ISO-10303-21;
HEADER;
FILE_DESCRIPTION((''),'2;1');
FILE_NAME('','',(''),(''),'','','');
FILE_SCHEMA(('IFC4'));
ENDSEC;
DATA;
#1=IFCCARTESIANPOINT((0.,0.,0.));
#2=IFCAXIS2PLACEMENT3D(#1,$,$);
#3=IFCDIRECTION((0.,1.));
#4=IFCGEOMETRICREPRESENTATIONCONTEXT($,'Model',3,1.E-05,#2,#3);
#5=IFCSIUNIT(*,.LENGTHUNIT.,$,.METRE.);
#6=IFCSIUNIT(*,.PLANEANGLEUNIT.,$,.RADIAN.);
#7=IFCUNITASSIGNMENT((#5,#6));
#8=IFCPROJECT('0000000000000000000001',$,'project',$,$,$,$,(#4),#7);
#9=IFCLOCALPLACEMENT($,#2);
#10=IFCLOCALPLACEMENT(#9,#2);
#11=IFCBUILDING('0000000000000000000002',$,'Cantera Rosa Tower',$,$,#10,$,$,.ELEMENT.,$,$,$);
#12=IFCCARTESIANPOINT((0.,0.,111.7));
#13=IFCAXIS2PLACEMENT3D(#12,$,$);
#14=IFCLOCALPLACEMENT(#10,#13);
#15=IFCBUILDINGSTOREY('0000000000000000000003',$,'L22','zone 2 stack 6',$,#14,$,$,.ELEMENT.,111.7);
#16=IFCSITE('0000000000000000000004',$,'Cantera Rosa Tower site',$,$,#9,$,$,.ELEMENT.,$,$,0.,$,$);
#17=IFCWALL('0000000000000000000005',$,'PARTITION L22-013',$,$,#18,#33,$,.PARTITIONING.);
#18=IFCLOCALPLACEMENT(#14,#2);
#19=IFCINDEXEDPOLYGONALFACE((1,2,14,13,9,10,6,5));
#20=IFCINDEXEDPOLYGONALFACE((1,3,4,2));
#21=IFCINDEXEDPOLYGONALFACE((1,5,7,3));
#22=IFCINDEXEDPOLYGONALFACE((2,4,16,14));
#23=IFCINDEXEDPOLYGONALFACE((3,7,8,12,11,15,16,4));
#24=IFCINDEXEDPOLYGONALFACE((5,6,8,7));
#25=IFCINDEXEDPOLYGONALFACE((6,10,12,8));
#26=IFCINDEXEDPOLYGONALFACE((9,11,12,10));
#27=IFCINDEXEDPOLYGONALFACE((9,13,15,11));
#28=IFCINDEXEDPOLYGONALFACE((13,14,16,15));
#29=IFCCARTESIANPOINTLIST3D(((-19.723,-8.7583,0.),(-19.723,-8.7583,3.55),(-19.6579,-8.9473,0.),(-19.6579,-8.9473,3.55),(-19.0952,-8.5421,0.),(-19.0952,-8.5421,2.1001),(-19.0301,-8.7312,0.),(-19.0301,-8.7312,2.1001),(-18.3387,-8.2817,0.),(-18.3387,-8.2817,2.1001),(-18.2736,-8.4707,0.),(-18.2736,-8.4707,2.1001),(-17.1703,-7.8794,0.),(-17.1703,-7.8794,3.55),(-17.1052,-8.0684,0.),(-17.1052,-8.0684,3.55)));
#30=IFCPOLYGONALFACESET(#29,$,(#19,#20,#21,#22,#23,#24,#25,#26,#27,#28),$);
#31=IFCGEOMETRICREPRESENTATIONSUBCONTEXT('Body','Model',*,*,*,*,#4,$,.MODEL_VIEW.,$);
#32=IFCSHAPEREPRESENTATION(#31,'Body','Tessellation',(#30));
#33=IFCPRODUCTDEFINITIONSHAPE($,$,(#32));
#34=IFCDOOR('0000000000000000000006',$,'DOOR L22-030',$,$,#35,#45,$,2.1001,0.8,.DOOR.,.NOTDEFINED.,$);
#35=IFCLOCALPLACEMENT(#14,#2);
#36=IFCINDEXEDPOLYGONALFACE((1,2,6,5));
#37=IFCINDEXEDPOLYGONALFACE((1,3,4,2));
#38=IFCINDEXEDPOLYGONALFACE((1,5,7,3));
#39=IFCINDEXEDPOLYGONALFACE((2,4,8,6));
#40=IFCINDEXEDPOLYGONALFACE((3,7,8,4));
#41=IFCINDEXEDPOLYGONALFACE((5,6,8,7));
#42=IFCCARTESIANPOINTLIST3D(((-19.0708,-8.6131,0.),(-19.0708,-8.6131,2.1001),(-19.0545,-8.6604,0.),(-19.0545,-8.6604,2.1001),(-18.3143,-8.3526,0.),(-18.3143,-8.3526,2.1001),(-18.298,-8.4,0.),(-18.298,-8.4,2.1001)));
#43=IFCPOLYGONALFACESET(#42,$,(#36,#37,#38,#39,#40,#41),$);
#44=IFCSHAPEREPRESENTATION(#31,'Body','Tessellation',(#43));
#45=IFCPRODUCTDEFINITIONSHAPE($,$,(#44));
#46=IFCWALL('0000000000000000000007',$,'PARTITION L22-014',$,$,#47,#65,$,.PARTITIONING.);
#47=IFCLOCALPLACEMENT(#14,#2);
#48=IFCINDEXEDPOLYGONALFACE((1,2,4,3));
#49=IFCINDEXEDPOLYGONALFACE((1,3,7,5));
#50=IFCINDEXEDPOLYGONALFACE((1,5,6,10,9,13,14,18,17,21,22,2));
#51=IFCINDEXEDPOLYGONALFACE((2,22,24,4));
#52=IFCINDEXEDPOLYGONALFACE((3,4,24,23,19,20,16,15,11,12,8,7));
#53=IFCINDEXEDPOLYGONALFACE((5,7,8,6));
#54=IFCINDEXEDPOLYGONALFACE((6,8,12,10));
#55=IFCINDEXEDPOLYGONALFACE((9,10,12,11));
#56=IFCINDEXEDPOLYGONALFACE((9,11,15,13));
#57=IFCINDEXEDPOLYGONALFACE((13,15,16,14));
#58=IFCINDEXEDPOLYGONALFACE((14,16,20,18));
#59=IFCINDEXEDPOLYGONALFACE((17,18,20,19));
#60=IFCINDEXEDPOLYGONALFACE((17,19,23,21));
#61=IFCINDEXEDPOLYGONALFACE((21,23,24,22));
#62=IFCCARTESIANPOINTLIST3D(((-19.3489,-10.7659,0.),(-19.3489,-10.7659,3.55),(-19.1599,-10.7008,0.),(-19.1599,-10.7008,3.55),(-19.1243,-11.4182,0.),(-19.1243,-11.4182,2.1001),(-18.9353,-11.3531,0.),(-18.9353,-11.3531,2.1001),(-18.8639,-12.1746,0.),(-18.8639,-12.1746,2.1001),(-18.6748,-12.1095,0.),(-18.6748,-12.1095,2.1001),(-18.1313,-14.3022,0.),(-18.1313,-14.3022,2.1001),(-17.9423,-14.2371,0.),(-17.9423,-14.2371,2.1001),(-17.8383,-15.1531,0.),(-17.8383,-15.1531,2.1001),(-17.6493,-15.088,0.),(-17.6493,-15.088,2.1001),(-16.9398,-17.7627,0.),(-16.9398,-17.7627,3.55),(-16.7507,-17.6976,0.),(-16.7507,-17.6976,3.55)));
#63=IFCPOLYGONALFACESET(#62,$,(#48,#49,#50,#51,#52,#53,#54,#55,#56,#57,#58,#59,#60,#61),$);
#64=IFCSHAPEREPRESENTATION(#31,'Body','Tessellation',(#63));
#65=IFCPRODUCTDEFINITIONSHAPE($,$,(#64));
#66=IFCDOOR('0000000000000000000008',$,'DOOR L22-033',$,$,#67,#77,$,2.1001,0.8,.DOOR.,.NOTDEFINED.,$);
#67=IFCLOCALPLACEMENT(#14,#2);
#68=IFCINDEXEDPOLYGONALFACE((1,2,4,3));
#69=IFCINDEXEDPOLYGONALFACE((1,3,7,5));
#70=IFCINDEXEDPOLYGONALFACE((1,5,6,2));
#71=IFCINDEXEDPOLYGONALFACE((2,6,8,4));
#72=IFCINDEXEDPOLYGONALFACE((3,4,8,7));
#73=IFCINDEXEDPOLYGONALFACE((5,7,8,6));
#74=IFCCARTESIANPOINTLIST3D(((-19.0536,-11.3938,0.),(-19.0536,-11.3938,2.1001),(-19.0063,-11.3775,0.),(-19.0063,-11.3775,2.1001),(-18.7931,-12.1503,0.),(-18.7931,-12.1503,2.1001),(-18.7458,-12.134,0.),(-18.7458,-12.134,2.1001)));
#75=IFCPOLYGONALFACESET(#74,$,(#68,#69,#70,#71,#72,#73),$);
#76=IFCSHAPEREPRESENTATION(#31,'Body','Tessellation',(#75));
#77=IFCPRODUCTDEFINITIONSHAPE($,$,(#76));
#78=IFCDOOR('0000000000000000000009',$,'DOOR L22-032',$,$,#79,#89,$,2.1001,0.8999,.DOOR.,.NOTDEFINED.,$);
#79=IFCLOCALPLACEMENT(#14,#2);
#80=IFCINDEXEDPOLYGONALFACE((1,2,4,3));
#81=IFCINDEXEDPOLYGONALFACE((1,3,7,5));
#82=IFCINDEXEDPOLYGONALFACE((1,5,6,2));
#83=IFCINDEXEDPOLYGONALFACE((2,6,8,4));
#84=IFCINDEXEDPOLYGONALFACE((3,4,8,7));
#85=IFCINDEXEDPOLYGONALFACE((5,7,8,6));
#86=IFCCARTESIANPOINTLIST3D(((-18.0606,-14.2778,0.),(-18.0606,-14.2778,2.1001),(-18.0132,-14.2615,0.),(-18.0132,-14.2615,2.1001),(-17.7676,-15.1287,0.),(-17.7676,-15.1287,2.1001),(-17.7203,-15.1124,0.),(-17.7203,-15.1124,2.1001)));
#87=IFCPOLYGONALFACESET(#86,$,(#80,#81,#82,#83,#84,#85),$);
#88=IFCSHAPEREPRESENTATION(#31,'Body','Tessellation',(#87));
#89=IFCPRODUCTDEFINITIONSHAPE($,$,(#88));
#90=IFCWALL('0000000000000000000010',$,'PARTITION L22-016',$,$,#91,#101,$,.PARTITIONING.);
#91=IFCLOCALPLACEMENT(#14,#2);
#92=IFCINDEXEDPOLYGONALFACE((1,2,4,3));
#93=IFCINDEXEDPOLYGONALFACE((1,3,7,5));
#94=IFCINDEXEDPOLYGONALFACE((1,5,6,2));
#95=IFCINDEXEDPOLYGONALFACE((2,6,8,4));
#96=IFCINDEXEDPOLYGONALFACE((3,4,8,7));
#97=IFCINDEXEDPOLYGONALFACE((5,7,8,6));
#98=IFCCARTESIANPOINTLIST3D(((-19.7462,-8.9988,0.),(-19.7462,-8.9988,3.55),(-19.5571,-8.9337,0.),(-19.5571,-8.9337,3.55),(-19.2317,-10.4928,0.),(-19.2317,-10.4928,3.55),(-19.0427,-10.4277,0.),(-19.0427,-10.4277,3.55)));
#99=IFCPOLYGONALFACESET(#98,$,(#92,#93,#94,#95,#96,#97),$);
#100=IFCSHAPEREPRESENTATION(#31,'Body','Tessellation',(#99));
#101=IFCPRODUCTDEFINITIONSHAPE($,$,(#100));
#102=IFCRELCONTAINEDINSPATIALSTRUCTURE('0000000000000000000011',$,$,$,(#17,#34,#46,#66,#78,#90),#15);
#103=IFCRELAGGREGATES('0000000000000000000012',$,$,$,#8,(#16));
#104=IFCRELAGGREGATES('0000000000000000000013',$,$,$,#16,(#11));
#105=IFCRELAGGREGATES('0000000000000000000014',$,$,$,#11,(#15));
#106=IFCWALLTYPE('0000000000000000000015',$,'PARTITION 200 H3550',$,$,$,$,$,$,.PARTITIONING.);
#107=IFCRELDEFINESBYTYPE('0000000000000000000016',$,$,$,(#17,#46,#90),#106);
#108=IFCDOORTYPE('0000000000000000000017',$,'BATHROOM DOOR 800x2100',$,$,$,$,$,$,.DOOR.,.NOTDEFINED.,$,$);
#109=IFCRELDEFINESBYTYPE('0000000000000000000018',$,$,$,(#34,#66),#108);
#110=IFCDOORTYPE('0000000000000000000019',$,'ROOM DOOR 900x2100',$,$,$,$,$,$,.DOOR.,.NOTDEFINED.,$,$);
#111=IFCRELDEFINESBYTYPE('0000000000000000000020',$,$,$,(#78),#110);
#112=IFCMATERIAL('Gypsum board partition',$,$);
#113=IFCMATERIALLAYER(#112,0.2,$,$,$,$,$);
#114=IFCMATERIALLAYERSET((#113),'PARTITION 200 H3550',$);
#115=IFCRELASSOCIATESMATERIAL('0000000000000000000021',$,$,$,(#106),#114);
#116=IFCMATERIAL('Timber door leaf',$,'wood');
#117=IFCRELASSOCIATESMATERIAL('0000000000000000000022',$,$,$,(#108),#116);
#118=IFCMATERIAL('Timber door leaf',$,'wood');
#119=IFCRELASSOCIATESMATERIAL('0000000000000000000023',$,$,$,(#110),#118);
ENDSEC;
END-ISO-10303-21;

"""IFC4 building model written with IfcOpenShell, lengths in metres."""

from ifc_helpers import new_model, si_unit, direction, frame, frame_2d, origin, place, context, subcontext, project, spatial, rectangle, extrude, material, layer, layer_set, type_object, element, fill, save


model = new_model("IFC4")

# Units and contexts
model_context = context("Model", 3, precision=1e-05, world=origin(), true_north=direction((0.0, 1.0)))
body_context = subcontext(model_context, "Body", "Model", "MODEL_VIEW")
ifc_project = project(units=[si_unit("LENGTHUNIT", "METRE"), si_unit("PLANEANGLEUNIT", "RADIAN")], contexts=[model_context])

# Site, building, storey
site_placement = place(None, origin())
site = spatial("IfcSite", under=ifc_project, at=site_placement, Name="Cantera Rosa Tower site", CompositionType="ELEMENT", RefElevation=0.0)
building_placement = place(site_placement, origin())
building = spatial("IfcBuilding", under=site, at=building_placement, Name="Cantera Rosa Tower", CompositionType="ELEMENT")
storey_placement = place(building_placement, frame((0.0, 0.0, 111.7)))
storey = spatial("IfcBuildingStorey", under=building, at=storey_placement, Name="L22", Description="zone 2 stack 6", CompositionType="ELEMENT", Elevation=111.7)

# Wall, opening, door
ifc_material_1 = material(Name="Gypsum board partition")
ifc_layer_1 = layer(ifc_material_1, 0.2)
ifc_layer_set_1 = layer_set([ifc_layer_1], Name="PARTITION 200 H3550")
wall_type_1 = type_object("IfcWallType", Name="PARTITION 200 H3550", PredefinedType="PARTITIONING", material=ifc_layer_set_1)
wall_1_placement = place(storey_placement, frame((-19.6904, -8.8528, 0.0), z_axis=(0.0, 0.0, 1.0), x_axis=(0.945527, 0.325545, 0.0)))
wall_1 = element("IfcWall", 1, at=wall_1_placement, inside=storey, type_object=wall_type_1, Name="PARTITION L22-013", PredefinedType="PARTITIONING", context=body_context, shape_type="SweptSolid", body=[
    extrude(rectangle(XDim=2.6997, YDim=0.2, at=frame_2d((1.3499, 0.0))), origin(), (0.0, 0.0, 1.0), 3.55),
])
opening_1_placement = place(wall_1_placement, frame((0.6641, 0.0, 0.0)))
opening_1 = element("IfcOpeningElement", 2, at=opening_1_placement, cuts=wall_1, PredefinedType="OPENING", context=body_context, shape_type="SweptSolid", body=[
    extrude(rectangle(XDim=0.8, YDim=2.1001, at=frame_2d((0.3999, 1.05))), frame((0.0, 0.1099, 0.0), z_axis=(0.0, -1.0, 0.0), x_axis=(1.0, 0.0, 0.0)), (0.0, 0.0, 1.0), 0.22),
])
ifc_material_2 = material(Name="Timber door leaf", Category="wood")
door_type_1 = type_object("IfcDoorType", Name="BATHROOM DOOR 800x2100", OperationType="NOTDEFINED", PredefinedType="DOOR", material=ifc_material_2)
door_1_placement = place(opening_1_placement, origin())
door_1 = element("IfcDoor", 3, at=door_1_placement, inside=storey, type_object=door_type_1, Name="DOOR L22-030", OperationType="NOTDEFINED", OverallHeight=2.1001, OverallWidth=0.8, PredefinedType="DOOR", context=body_context, shape_type="SweptSolid", body=[
    extrude(rectangle(XDim=0.8, YDim=2.1001, at=frame_2d((0.3999, 1.05))), frame((0.0, 0.0249, 0.0), z_axis=(0.0, -1.0, 0.0), x_axis=(1.0, 0.0, 0.0)), (0.0, 0.0, 1.0), 0.05),
])
fill(opening_1, door_1)

# Wall, openings, doors
wall_2_placement = place(storey_placement, frame((-19.2544, -10.7334, 0.0), z_axis=(0.0, 0.0, 1.0), x_axis=(0.325566, -0.945519, 0.0)))
wall_2 = element("IfcWall", 4, at=wall_2_placement, inside=storey, type_object=wall_type_1, Name="PARTITION L22-014", PredefinedType="PARTITIONING", context=body_context, shape_type="SweptSolid", body=[
    extrude(rectangle(XDim=7.3999, YDim=0.2, at=frame_2d((3.7, 0.0))), origin(), (0.0, 0.0, 1.0), 3.55),
])
opening_2_placement = place(wall_2_placement, frame((3.74, 0.0, 0.0)))
opening_2 = element("IfcOpeningElement", 5, at=opening_2_placement, cuts=wall_2, PredefinedType="OPENING", context=body_context, shape_type="SweptSolid", body=[
    extrude(rectangle(XDim=0.8999, YDim=2.1001, at=frame_2d((0.45, 1.05))), frame((0.0, 0.1099, 0.0), z_axis=(0.0, -1.0, 0.0), x_axis=(1.0, 0.0, 0.0)), (0.0, 0.0, 1.0), 0.22),
])
opening_3_placement = place(wall_2_placement, frame((0.6899, 0.0, 0.0)))
opening_3 = element("IfcOpeningElement", 6, at=opening_3_placement, cuts=wall_2, PredefinedType="OPENING", context=body_context, shape_type="SweptSolid", body=[
    extrude(rectangle(XDim=0.8, YDim=2.1001, at=frame_2d((0.3999, 1.05))), frame((0.0, 0.1099, 0.0), z_axis=(0.0, -1.0, 0.0), x_axis=(1.0, 0.0, 0.0)), (0.0, 0.0, 1.0), 0.22),
])
door_2_placement = place(opening_3_placement, origin())
door_2 = element("IfcDoor", 7, at=door_2_placement, inside=storey, type_object=door_type_1, Name="DOOR L22-033", OperationType="NOTDEFINED", OverallHeight=2.1001, OverallWidth=0.8, PredefinedType="DOOR", context=body_context, shape_type="SweptSolid", body=[
    extrude(rectangle(XDim=0.8, YDim=2.1001, at=frame_2d((0.3999, 1.05))), frame((0.0, 0.0249, 0.0), z_axis=(0.0, -1.0, 0.0), x_axis=(1.0, 0.0, 0.0)), (0.0, 0.0, 1.0), 0.05),
])
fill(opening_3, door_2)
ifc_material_3 = material(Name="Timber door leaf", Category="wood")
door_type_2 = type_object("IfcDoorType", Name="ROOM DOOR 900x2100", OperationType="NOTDEFINED", PredefinedType="DOOR", material=ifc_material_3)
door_3_placement = place(opening_2_placement, origin())
door_3 = element("IfcDoor", 8, at=door_3_placement, inside=storey, type_object=door_type_2, Name="DOOR L22-032", OperationType="NOTDEFINED", OverallHeight=2.1001, OverallWidth=0.8999, PredefinedType="DOOR", context=body_context, shape_type="SweptSolid", body=[
    extrude(rectangle(XDim=0.8999, YDim=2.1001, at=frame_2d((0.45, 1.05))), frame((0.0, 0.0249, 0.0), z_axis=(0.0, -1.0, 0.0), x_axis=(1.0, 0.0, 0.0)), (0.0, 0.0, 1.0), 0.05),
])
fill(opening_2, door_3)

# Wall
wall_3_placement = place(storey_placement, frame((-19.1372, -10.4602, 0.0), z_axis=(0.0, 0.0, 1.0), x_axis=(-0.325576, 0.945516, 0.0)))
element("IfcWall", 9, at=wall_3_placement, inside=storey, type_object=wall_type_1, Name="PARTITION L22-016", PredefinedType="PARTITIONING", context=body_context, shape_type="SweptSolid", body=[
    extrude(rectangle(XDim=1.5801, YDim=0.2, at=frame_2d((0.79, 0.0))), origin(), (0.0, 0.0, 1.0), 3.55),
])

save(model, "model.ifc")
